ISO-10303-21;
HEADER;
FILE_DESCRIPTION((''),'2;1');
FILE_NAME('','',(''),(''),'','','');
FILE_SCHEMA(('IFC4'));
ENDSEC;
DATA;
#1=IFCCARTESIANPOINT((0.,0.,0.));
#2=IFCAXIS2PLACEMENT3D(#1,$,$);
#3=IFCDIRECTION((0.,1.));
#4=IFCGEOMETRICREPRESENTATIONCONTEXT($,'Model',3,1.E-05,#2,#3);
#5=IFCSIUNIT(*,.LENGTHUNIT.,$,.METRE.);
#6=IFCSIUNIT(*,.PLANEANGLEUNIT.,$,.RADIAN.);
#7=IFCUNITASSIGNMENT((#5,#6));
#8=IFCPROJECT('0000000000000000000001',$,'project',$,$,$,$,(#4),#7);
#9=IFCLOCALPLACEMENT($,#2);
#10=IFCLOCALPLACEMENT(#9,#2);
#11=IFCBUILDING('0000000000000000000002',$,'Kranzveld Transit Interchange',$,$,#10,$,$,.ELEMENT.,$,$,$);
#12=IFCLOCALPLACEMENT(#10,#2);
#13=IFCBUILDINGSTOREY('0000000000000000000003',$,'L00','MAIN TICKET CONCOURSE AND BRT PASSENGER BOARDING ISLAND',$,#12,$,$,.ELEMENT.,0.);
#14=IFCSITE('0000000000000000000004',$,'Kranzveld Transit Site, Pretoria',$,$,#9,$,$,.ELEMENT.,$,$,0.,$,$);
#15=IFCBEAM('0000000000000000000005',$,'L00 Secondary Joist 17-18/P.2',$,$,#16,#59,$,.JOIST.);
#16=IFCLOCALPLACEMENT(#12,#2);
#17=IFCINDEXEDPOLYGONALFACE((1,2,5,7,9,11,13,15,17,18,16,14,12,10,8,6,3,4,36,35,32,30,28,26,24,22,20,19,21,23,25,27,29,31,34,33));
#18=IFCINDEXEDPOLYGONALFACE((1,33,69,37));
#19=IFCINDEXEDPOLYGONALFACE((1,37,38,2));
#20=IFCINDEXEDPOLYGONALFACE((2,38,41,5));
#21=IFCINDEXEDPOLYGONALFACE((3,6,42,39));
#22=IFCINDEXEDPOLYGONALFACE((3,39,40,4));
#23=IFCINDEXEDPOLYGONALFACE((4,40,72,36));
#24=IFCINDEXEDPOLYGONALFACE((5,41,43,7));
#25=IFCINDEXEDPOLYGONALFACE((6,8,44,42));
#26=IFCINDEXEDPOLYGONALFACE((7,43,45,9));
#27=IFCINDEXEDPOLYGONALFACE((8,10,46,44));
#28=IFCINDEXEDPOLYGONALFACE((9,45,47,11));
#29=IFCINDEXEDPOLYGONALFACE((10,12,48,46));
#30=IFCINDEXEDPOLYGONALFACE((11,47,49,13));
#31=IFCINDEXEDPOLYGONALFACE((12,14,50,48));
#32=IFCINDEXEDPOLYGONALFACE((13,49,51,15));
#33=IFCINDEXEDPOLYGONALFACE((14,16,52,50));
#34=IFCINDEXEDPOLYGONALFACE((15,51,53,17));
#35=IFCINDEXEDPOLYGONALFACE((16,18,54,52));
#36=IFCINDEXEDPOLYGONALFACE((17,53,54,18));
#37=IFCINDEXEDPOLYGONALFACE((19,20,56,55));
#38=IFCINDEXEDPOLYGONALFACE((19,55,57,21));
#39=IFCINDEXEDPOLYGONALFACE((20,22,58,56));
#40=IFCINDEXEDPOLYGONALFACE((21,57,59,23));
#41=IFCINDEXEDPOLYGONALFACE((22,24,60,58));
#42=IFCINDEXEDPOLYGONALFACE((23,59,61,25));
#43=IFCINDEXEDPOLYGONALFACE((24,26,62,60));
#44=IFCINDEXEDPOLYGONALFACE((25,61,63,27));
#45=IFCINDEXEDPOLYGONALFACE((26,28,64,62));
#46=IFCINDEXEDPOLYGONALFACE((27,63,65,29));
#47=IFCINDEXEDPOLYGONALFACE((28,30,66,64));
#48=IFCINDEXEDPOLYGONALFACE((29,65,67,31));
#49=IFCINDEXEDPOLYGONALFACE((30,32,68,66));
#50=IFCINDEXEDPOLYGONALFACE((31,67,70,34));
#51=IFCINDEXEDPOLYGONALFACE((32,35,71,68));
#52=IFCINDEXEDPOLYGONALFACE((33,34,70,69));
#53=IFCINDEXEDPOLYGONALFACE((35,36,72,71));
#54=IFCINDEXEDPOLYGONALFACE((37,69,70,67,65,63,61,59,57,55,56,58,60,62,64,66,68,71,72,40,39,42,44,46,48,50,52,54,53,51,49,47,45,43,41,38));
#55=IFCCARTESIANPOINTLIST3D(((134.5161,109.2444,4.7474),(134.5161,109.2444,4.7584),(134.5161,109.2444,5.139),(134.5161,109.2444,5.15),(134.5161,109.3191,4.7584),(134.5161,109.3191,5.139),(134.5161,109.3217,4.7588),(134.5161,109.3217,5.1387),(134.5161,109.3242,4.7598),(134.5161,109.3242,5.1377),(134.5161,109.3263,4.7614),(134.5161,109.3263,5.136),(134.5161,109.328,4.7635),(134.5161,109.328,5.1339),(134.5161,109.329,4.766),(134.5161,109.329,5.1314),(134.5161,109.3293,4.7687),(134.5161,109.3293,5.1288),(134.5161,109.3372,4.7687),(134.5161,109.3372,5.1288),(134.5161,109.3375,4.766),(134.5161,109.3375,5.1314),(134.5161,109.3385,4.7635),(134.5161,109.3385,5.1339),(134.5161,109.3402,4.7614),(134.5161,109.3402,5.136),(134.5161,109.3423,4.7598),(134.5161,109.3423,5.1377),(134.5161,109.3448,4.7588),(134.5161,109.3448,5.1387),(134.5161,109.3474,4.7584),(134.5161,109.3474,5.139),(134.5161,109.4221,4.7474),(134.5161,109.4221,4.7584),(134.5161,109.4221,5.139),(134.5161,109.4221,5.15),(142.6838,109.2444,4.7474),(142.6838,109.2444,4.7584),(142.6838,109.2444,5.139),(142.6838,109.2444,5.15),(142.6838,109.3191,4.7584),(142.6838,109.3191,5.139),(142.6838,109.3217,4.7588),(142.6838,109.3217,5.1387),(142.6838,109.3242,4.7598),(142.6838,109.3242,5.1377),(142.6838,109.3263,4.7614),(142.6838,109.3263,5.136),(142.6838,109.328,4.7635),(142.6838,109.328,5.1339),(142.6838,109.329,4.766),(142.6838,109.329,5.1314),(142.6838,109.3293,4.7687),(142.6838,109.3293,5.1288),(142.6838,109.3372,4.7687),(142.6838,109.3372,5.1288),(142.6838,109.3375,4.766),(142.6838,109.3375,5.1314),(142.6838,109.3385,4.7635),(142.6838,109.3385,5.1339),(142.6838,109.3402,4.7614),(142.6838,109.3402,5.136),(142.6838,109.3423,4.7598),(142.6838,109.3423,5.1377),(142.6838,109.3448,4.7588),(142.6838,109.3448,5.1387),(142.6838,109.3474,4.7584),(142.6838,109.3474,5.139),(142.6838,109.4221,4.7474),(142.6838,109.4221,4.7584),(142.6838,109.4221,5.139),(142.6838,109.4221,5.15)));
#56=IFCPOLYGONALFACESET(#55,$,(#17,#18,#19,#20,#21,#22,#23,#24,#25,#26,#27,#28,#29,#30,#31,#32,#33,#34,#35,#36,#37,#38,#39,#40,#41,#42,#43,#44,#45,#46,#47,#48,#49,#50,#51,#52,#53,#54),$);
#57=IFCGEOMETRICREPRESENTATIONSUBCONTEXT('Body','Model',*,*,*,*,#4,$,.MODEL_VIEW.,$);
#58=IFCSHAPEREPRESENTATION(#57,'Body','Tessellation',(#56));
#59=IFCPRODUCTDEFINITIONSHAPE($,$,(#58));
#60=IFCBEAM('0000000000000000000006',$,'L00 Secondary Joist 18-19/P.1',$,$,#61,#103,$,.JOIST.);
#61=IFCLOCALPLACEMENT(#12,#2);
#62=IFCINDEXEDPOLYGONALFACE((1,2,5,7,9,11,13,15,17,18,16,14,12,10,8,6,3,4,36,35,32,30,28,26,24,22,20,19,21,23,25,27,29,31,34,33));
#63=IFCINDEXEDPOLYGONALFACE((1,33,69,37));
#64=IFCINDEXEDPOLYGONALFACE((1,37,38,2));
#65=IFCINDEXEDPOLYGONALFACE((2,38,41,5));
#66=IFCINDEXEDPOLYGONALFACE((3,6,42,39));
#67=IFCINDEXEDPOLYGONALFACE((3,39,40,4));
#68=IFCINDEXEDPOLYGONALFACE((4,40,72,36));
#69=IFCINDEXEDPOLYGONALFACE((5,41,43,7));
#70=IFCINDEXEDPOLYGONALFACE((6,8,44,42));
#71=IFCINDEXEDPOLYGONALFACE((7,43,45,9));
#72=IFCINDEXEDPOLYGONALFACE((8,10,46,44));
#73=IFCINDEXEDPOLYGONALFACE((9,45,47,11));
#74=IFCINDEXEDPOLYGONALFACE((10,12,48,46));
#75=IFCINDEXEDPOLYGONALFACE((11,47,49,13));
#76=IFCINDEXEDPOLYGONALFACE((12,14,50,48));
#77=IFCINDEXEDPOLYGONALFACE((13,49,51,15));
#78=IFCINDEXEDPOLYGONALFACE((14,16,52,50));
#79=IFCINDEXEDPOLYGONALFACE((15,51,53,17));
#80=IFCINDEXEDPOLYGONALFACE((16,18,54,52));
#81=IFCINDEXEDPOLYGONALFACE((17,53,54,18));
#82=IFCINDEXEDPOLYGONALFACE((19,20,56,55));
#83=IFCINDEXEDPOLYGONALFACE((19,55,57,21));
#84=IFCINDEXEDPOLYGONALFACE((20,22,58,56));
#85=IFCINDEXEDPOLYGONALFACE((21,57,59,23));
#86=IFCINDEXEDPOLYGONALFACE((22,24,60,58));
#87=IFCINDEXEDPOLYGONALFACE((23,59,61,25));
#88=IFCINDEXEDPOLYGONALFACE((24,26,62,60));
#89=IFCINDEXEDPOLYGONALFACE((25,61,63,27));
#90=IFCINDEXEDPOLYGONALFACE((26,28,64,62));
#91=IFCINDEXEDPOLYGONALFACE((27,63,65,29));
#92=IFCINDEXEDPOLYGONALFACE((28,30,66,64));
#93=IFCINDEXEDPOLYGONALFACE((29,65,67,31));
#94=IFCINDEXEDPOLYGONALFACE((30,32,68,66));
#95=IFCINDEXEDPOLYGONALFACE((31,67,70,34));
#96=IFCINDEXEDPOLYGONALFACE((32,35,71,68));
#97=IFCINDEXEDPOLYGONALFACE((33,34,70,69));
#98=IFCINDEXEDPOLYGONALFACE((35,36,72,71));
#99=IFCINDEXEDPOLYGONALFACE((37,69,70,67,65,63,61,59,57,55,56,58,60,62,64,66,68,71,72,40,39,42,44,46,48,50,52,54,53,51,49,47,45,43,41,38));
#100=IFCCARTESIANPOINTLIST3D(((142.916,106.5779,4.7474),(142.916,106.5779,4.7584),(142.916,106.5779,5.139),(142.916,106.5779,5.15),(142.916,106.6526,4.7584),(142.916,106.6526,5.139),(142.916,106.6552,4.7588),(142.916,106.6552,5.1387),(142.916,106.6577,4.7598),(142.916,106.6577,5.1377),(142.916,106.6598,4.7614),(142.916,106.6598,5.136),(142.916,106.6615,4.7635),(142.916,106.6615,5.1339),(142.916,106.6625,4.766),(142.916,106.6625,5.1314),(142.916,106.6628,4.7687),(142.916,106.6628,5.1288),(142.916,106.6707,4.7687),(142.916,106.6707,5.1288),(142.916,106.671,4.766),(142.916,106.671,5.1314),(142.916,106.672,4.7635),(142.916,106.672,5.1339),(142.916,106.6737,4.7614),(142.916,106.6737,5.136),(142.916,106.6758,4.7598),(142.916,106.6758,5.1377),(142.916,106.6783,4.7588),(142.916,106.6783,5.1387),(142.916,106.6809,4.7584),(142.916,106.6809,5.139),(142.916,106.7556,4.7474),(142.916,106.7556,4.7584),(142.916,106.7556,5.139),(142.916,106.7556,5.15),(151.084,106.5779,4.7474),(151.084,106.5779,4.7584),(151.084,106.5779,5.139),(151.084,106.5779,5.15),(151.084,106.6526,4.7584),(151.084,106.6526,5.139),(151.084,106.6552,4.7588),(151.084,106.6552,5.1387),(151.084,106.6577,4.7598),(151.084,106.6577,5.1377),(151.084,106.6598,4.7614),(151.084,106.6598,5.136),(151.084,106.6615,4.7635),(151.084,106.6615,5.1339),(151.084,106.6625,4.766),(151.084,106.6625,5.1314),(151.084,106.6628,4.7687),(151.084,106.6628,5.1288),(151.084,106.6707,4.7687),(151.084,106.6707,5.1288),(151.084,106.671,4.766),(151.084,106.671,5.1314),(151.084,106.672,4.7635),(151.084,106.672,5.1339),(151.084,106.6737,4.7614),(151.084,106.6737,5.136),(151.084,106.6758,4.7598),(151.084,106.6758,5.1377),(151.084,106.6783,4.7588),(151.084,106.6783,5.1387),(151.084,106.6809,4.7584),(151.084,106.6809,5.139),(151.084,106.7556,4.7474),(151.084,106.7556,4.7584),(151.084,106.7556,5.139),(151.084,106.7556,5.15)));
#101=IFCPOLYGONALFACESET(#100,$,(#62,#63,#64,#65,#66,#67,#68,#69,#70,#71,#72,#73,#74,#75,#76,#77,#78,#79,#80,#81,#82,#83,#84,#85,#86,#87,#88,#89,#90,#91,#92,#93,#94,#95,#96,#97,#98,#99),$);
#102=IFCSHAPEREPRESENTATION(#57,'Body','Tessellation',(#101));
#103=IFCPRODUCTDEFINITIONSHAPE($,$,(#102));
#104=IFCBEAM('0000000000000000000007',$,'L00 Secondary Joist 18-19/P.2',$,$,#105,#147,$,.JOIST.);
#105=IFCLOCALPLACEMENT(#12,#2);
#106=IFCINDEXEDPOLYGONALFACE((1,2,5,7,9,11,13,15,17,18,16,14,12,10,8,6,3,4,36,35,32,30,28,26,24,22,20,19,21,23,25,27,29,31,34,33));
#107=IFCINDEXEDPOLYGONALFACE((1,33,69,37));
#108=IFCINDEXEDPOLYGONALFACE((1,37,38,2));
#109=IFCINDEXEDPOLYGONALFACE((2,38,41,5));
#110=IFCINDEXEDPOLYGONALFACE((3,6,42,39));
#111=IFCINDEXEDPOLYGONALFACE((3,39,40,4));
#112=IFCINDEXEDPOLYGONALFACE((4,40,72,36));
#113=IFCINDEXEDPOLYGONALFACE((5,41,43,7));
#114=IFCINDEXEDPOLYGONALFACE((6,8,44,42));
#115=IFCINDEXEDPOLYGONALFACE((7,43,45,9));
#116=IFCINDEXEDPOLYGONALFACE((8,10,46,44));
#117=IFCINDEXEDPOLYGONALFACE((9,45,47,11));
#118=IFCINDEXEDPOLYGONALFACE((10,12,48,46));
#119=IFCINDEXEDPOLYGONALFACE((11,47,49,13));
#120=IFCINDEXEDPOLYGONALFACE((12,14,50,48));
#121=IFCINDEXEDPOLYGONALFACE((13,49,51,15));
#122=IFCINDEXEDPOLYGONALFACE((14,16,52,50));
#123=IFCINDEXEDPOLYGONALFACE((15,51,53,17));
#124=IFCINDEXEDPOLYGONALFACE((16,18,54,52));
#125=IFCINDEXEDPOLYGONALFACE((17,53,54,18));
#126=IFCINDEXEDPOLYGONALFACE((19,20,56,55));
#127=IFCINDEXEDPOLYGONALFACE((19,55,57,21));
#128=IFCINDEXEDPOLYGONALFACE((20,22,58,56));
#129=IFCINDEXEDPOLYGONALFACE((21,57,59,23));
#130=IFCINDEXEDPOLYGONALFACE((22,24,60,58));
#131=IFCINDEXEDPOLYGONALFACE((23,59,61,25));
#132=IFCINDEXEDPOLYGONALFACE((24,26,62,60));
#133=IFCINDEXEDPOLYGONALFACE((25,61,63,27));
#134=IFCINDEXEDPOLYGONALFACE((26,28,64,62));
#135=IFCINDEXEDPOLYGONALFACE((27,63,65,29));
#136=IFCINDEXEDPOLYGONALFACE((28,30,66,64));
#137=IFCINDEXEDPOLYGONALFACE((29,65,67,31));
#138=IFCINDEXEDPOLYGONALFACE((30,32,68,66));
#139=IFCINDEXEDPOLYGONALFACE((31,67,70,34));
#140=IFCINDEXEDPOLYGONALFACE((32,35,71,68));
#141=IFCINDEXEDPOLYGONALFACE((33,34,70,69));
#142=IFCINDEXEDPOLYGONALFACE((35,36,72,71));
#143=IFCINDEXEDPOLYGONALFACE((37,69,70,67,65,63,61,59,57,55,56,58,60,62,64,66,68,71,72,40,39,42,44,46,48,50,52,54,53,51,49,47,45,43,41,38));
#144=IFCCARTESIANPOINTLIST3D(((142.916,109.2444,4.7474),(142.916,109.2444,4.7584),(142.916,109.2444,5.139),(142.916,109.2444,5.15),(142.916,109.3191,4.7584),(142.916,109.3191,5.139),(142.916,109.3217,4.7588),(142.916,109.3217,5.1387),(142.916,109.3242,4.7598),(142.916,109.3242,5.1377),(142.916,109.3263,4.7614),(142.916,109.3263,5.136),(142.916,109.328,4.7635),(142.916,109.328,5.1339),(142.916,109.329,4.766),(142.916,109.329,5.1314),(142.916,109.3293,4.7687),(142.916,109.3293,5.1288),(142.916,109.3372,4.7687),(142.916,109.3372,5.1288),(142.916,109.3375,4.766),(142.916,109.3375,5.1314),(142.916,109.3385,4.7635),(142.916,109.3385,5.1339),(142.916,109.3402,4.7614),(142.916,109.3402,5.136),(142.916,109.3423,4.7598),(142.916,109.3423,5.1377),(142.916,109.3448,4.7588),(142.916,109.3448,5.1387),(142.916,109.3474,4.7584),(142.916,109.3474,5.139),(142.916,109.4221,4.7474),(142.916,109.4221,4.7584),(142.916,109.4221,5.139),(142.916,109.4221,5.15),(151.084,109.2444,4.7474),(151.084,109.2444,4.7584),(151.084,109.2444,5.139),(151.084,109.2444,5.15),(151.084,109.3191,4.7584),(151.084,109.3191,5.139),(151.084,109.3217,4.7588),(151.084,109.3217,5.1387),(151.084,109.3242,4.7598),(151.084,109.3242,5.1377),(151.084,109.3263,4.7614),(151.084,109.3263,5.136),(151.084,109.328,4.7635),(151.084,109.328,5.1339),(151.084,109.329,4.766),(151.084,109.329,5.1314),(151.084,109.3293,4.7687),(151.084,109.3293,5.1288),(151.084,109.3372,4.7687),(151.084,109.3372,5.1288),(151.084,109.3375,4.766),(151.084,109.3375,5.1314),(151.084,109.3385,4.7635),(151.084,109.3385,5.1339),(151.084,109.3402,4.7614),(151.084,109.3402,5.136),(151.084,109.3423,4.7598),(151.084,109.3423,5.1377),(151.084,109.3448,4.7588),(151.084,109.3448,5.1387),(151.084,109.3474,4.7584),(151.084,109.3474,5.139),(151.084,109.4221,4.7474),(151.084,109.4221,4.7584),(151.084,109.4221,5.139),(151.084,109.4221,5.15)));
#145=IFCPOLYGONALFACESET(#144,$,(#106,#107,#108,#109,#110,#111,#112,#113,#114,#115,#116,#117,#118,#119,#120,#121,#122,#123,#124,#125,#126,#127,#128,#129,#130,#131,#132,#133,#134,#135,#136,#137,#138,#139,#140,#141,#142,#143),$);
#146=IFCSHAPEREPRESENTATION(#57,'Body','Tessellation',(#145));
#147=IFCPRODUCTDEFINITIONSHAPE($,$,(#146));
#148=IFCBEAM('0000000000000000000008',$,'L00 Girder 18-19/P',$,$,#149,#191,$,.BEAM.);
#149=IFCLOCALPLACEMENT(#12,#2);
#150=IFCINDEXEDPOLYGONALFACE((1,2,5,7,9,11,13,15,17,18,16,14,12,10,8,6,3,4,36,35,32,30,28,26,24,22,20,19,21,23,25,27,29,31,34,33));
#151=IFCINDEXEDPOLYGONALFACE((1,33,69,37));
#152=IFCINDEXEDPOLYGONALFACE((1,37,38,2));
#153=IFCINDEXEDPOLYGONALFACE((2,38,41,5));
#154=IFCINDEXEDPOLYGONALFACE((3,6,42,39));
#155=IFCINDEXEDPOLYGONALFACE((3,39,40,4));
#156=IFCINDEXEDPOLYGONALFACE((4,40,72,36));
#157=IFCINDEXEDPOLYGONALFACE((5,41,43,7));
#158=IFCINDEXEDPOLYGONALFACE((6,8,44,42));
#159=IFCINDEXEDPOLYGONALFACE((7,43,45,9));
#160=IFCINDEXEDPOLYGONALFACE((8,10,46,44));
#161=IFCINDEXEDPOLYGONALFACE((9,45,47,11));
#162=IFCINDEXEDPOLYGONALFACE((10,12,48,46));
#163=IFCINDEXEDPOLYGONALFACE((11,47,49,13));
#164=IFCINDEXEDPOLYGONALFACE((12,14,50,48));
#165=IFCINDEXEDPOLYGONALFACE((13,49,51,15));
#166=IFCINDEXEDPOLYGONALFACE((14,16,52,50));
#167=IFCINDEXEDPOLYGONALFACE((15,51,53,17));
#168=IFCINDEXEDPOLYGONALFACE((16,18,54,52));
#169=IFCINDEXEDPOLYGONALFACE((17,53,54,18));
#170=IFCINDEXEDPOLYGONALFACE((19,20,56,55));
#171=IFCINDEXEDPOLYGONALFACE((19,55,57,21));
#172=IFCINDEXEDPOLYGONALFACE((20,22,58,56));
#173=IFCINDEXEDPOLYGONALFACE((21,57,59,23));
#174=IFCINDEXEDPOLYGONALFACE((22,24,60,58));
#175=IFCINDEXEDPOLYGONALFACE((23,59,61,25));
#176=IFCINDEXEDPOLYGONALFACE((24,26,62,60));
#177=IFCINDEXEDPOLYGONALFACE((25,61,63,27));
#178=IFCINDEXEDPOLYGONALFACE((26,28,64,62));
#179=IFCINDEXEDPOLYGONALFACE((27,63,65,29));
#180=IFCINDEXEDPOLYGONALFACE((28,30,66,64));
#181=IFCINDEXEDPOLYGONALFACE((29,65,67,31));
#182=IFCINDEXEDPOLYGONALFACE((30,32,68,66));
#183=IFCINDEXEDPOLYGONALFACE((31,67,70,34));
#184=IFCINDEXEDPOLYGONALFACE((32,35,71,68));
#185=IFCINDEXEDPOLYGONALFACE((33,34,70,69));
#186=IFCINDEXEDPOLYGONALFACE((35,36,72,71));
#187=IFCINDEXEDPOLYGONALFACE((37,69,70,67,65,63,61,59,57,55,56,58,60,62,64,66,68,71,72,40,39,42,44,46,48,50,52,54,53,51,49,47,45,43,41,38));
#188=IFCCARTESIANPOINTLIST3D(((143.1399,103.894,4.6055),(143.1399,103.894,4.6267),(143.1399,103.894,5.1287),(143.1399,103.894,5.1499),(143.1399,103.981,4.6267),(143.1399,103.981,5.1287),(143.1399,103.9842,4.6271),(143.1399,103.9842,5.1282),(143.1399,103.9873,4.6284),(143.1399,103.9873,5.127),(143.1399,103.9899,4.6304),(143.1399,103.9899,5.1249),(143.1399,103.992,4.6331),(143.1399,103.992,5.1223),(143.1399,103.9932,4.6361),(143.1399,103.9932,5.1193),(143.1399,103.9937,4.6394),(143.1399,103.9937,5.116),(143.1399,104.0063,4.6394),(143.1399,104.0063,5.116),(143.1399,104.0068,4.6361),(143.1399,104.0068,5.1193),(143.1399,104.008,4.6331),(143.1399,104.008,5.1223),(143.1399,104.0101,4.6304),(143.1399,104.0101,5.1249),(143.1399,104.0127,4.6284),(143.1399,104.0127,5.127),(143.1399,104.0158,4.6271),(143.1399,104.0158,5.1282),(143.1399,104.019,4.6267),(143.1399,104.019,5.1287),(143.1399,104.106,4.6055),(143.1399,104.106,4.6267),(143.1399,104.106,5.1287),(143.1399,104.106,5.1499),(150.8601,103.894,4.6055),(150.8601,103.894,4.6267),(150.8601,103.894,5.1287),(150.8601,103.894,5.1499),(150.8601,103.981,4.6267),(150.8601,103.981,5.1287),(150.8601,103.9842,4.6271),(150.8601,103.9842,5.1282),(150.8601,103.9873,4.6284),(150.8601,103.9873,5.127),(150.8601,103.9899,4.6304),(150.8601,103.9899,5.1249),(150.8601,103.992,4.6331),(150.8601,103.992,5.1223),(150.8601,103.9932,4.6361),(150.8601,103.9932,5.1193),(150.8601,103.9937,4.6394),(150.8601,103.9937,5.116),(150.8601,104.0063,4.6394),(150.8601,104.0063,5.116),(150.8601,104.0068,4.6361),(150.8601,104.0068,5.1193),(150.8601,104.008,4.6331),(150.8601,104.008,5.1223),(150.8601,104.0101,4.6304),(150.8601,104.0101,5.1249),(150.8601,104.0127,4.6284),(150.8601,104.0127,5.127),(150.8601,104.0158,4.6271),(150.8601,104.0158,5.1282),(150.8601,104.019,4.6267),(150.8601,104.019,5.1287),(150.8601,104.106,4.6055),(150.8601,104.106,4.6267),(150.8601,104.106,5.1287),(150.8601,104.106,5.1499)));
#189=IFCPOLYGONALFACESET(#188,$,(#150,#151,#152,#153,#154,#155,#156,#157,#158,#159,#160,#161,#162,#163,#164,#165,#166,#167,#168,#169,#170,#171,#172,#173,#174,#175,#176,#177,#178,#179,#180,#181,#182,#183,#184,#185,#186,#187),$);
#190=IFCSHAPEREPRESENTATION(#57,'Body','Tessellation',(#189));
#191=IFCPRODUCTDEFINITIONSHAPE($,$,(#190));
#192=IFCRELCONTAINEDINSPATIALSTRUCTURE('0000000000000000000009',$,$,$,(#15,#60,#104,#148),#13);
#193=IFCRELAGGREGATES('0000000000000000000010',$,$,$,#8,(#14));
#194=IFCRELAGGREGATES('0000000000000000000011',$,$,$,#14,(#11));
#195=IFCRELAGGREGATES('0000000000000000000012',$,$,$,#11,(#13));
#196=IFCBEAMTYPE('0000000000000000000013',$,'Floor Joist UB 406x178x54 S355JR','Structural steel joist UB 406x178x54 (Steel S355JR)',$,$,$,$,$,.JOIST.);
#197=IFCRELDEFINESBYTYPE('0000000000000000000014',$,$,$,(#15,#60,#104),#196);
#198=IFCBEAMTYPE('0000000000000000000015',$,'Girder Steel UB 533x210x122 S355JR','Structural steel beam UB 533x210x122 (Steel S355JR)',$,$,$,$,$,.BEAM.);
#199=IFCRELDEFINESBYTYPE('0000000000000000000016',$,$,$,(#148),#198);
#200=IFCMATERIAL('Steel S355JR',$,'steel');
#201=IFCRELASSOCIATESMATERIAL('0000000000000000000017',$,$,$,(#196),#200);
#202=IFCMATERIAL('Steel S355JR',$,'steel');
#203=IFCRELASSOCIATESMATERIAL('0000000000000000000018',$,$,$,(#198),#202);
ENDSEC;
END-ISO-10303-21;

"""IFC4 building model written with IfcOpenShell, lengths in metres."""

from ifc_helpers import new_model, si_unit, direction, frame, origin, origin_2d, place, context, subcontext, project, spatial, i_section, extrude, material, material_profile, profile_set, type_object, element, save


model = new_model("IFC4")

# Units and contexts
model_context = context("Model", 3, precision=1e-05, world=origin(), true_north=direction((0.0, 1.0)))
body_context = subcontext(model_context, "Body", "Model", "MODEL_VIEW")
ifc_project = project(units=[si_unit("LENGTHUNIT", "METRE"), si_unit("PLANEANGLEUNIT", "RADIAN")], contexts=[model_context])

# Site, building, storey
site_placement = place(None, origin())
site = spatial("IfcSite", under=ifc_project, at=site_placement, Name="Kranzveld Transit Site, Pretoria", CompositionType="ELEMENT", RefElevation=0.0)
building_placement = place(site_placement, origin())
building = spatial("IfcBuilding", under=site, at=building_placement, Name="Kranzveld Transit Interchange", CompositionType="ELEMENT")
storey_placement = place(building_placement, origin())
storey = spatial("IfcBuildingStorey", under=building, at=storey_placement, Name="L00", Description="MAIN TICKET CONCOURSE AND BRT PASSENGER BOARDING ISLAND", CompositionType="ELEMENT", Elevation=0.0)

# Beams
ifc_material_1 = material(Name="Steel S355JR", Category="steel")
ifc_material_profile_1 = material_profile(ifc_material_1, i_section(OverallWidth=0.1777, OverallDepth=0.4026, WebThickness=0.0078, FlangeThickness=0.011, FilletRadius=0.0103, at=origin_2d()), Name="UB 406x178x54")
ifc_profile_set_1 = profile_set([ifc_material_profile_1], Name="Steel S355JR")
beam_type_1 = type_object("IfcBeamType", Name="Floor Joist UB 406x178x54 S355JR", Description="Structural steel joist UB 406x178x54 (Steel S355JR)", PredefinedType="JOIST", material=ifc_profile_set_1)
for number, where, z_axis, x_axis, name in (
    (1, (134.5161, 109.3333, 4.9487), (1.0, 0.0, 0.0), (0.0, 1.0, 0.0), "L00 Secondary Joist 17-18/P.2"),
):
    element("IfcBeam", number, at=place(storey_placement, frame(where, z_axis=z_axis, x_axis=x_axis)), inside=storey, type_object=beam_type_1, Name=name, PredefinedType="JOIST", context=body_context, shape_type="SweptSolid", body=[
        extrude(i_section(OverallWidth=0.1777, OverallDepth=0.4026, WebThickness=0.0078, FlangeThickness=0.011, FilletRadius=0.0103, at=origin_2d()), origin(), (0.0, 0.0, 1.0), 8.1677),
    ])
for number, where, z_axis, x_axis, name in (
    (2, (142.916, 106.6667, 4.9487), (1.0, 0.0, 0.0), (0.0, 1.0, 0.0), "L00 Secondary Joist 18-19/P.1"),
    (3, (142.916, 109.3333, 4.9487), (1.0, 0.0, 0.0), (0.0, 1.0, 0.0), "L00 Secondary Joist 18-19/P.2"),
):
    element("IfcBeam", number, at=place(storey_placement, frame(where, z_axis=z_axis, x_axis=x_axis)), inside=storey, type_object=beam_type_1, Name=name, PredefinedType="JOIST", context=body_context, shape_type="SweptSolid", body=[
        extrude(i_section(OverallWidth=0.1777, OverallDepth=0.4026, WebThickness=0.0078, FlangeThickness=0.011, FilletRadius=0.0103, at=origin_2d()), origin(), (0.0, 0.0, 1.0), 8.168),
    ])
ifc_material_2 = material(Name="Steel S355JR", Category="steel")
ifc_material_profile_2 = material_profile(ifc_material_2, i_section(OverallWidth=0.2119, OverallDepth=0.5444, WebThickness=0.0127, FlangeThickness=0.0212, FilletRadius=0.0127, at=origin_2d()), Name="UB 533x210x122")
ifc_profile_set_2 = profile_set([ifc_material_profile_2], Name="Steel S355JR")
beam_type_2 = type_object("IfcBeamType", Name="Girder Steel UB 533x210x122 S355JR", Description="Structural steel beam UB 533x210x122 (Steel S355JR)", PredefinedType="BEAM", material=ifc_profile_set_2)
beam_1_placement = place(storey_placement, frame((143.1399, 104.0, 4.8777), z_axis=(1.0, 0.0, 0.0), x_axis=(0.0, 1.0, 0.0)))
element("IfcBeam", 4, at=beam_1_placement, inside=storey, type_object=beam_type_2, Name="L00 Girder 18-19/P", PredefinedType="BEAM", context=body_context, shape_type="SweptSolid", body=[
    extrude(i_section(OverallWidth=0.2119, OverallDepth=0.5444, WebThickness=0.0127, FlangeThickness=0.0212, FilletRadius=0.0127, at=origin_2d()), origin(), (0.0, 0.0, 1.0), 7.7202),
])

save(model, "model.ifc")
